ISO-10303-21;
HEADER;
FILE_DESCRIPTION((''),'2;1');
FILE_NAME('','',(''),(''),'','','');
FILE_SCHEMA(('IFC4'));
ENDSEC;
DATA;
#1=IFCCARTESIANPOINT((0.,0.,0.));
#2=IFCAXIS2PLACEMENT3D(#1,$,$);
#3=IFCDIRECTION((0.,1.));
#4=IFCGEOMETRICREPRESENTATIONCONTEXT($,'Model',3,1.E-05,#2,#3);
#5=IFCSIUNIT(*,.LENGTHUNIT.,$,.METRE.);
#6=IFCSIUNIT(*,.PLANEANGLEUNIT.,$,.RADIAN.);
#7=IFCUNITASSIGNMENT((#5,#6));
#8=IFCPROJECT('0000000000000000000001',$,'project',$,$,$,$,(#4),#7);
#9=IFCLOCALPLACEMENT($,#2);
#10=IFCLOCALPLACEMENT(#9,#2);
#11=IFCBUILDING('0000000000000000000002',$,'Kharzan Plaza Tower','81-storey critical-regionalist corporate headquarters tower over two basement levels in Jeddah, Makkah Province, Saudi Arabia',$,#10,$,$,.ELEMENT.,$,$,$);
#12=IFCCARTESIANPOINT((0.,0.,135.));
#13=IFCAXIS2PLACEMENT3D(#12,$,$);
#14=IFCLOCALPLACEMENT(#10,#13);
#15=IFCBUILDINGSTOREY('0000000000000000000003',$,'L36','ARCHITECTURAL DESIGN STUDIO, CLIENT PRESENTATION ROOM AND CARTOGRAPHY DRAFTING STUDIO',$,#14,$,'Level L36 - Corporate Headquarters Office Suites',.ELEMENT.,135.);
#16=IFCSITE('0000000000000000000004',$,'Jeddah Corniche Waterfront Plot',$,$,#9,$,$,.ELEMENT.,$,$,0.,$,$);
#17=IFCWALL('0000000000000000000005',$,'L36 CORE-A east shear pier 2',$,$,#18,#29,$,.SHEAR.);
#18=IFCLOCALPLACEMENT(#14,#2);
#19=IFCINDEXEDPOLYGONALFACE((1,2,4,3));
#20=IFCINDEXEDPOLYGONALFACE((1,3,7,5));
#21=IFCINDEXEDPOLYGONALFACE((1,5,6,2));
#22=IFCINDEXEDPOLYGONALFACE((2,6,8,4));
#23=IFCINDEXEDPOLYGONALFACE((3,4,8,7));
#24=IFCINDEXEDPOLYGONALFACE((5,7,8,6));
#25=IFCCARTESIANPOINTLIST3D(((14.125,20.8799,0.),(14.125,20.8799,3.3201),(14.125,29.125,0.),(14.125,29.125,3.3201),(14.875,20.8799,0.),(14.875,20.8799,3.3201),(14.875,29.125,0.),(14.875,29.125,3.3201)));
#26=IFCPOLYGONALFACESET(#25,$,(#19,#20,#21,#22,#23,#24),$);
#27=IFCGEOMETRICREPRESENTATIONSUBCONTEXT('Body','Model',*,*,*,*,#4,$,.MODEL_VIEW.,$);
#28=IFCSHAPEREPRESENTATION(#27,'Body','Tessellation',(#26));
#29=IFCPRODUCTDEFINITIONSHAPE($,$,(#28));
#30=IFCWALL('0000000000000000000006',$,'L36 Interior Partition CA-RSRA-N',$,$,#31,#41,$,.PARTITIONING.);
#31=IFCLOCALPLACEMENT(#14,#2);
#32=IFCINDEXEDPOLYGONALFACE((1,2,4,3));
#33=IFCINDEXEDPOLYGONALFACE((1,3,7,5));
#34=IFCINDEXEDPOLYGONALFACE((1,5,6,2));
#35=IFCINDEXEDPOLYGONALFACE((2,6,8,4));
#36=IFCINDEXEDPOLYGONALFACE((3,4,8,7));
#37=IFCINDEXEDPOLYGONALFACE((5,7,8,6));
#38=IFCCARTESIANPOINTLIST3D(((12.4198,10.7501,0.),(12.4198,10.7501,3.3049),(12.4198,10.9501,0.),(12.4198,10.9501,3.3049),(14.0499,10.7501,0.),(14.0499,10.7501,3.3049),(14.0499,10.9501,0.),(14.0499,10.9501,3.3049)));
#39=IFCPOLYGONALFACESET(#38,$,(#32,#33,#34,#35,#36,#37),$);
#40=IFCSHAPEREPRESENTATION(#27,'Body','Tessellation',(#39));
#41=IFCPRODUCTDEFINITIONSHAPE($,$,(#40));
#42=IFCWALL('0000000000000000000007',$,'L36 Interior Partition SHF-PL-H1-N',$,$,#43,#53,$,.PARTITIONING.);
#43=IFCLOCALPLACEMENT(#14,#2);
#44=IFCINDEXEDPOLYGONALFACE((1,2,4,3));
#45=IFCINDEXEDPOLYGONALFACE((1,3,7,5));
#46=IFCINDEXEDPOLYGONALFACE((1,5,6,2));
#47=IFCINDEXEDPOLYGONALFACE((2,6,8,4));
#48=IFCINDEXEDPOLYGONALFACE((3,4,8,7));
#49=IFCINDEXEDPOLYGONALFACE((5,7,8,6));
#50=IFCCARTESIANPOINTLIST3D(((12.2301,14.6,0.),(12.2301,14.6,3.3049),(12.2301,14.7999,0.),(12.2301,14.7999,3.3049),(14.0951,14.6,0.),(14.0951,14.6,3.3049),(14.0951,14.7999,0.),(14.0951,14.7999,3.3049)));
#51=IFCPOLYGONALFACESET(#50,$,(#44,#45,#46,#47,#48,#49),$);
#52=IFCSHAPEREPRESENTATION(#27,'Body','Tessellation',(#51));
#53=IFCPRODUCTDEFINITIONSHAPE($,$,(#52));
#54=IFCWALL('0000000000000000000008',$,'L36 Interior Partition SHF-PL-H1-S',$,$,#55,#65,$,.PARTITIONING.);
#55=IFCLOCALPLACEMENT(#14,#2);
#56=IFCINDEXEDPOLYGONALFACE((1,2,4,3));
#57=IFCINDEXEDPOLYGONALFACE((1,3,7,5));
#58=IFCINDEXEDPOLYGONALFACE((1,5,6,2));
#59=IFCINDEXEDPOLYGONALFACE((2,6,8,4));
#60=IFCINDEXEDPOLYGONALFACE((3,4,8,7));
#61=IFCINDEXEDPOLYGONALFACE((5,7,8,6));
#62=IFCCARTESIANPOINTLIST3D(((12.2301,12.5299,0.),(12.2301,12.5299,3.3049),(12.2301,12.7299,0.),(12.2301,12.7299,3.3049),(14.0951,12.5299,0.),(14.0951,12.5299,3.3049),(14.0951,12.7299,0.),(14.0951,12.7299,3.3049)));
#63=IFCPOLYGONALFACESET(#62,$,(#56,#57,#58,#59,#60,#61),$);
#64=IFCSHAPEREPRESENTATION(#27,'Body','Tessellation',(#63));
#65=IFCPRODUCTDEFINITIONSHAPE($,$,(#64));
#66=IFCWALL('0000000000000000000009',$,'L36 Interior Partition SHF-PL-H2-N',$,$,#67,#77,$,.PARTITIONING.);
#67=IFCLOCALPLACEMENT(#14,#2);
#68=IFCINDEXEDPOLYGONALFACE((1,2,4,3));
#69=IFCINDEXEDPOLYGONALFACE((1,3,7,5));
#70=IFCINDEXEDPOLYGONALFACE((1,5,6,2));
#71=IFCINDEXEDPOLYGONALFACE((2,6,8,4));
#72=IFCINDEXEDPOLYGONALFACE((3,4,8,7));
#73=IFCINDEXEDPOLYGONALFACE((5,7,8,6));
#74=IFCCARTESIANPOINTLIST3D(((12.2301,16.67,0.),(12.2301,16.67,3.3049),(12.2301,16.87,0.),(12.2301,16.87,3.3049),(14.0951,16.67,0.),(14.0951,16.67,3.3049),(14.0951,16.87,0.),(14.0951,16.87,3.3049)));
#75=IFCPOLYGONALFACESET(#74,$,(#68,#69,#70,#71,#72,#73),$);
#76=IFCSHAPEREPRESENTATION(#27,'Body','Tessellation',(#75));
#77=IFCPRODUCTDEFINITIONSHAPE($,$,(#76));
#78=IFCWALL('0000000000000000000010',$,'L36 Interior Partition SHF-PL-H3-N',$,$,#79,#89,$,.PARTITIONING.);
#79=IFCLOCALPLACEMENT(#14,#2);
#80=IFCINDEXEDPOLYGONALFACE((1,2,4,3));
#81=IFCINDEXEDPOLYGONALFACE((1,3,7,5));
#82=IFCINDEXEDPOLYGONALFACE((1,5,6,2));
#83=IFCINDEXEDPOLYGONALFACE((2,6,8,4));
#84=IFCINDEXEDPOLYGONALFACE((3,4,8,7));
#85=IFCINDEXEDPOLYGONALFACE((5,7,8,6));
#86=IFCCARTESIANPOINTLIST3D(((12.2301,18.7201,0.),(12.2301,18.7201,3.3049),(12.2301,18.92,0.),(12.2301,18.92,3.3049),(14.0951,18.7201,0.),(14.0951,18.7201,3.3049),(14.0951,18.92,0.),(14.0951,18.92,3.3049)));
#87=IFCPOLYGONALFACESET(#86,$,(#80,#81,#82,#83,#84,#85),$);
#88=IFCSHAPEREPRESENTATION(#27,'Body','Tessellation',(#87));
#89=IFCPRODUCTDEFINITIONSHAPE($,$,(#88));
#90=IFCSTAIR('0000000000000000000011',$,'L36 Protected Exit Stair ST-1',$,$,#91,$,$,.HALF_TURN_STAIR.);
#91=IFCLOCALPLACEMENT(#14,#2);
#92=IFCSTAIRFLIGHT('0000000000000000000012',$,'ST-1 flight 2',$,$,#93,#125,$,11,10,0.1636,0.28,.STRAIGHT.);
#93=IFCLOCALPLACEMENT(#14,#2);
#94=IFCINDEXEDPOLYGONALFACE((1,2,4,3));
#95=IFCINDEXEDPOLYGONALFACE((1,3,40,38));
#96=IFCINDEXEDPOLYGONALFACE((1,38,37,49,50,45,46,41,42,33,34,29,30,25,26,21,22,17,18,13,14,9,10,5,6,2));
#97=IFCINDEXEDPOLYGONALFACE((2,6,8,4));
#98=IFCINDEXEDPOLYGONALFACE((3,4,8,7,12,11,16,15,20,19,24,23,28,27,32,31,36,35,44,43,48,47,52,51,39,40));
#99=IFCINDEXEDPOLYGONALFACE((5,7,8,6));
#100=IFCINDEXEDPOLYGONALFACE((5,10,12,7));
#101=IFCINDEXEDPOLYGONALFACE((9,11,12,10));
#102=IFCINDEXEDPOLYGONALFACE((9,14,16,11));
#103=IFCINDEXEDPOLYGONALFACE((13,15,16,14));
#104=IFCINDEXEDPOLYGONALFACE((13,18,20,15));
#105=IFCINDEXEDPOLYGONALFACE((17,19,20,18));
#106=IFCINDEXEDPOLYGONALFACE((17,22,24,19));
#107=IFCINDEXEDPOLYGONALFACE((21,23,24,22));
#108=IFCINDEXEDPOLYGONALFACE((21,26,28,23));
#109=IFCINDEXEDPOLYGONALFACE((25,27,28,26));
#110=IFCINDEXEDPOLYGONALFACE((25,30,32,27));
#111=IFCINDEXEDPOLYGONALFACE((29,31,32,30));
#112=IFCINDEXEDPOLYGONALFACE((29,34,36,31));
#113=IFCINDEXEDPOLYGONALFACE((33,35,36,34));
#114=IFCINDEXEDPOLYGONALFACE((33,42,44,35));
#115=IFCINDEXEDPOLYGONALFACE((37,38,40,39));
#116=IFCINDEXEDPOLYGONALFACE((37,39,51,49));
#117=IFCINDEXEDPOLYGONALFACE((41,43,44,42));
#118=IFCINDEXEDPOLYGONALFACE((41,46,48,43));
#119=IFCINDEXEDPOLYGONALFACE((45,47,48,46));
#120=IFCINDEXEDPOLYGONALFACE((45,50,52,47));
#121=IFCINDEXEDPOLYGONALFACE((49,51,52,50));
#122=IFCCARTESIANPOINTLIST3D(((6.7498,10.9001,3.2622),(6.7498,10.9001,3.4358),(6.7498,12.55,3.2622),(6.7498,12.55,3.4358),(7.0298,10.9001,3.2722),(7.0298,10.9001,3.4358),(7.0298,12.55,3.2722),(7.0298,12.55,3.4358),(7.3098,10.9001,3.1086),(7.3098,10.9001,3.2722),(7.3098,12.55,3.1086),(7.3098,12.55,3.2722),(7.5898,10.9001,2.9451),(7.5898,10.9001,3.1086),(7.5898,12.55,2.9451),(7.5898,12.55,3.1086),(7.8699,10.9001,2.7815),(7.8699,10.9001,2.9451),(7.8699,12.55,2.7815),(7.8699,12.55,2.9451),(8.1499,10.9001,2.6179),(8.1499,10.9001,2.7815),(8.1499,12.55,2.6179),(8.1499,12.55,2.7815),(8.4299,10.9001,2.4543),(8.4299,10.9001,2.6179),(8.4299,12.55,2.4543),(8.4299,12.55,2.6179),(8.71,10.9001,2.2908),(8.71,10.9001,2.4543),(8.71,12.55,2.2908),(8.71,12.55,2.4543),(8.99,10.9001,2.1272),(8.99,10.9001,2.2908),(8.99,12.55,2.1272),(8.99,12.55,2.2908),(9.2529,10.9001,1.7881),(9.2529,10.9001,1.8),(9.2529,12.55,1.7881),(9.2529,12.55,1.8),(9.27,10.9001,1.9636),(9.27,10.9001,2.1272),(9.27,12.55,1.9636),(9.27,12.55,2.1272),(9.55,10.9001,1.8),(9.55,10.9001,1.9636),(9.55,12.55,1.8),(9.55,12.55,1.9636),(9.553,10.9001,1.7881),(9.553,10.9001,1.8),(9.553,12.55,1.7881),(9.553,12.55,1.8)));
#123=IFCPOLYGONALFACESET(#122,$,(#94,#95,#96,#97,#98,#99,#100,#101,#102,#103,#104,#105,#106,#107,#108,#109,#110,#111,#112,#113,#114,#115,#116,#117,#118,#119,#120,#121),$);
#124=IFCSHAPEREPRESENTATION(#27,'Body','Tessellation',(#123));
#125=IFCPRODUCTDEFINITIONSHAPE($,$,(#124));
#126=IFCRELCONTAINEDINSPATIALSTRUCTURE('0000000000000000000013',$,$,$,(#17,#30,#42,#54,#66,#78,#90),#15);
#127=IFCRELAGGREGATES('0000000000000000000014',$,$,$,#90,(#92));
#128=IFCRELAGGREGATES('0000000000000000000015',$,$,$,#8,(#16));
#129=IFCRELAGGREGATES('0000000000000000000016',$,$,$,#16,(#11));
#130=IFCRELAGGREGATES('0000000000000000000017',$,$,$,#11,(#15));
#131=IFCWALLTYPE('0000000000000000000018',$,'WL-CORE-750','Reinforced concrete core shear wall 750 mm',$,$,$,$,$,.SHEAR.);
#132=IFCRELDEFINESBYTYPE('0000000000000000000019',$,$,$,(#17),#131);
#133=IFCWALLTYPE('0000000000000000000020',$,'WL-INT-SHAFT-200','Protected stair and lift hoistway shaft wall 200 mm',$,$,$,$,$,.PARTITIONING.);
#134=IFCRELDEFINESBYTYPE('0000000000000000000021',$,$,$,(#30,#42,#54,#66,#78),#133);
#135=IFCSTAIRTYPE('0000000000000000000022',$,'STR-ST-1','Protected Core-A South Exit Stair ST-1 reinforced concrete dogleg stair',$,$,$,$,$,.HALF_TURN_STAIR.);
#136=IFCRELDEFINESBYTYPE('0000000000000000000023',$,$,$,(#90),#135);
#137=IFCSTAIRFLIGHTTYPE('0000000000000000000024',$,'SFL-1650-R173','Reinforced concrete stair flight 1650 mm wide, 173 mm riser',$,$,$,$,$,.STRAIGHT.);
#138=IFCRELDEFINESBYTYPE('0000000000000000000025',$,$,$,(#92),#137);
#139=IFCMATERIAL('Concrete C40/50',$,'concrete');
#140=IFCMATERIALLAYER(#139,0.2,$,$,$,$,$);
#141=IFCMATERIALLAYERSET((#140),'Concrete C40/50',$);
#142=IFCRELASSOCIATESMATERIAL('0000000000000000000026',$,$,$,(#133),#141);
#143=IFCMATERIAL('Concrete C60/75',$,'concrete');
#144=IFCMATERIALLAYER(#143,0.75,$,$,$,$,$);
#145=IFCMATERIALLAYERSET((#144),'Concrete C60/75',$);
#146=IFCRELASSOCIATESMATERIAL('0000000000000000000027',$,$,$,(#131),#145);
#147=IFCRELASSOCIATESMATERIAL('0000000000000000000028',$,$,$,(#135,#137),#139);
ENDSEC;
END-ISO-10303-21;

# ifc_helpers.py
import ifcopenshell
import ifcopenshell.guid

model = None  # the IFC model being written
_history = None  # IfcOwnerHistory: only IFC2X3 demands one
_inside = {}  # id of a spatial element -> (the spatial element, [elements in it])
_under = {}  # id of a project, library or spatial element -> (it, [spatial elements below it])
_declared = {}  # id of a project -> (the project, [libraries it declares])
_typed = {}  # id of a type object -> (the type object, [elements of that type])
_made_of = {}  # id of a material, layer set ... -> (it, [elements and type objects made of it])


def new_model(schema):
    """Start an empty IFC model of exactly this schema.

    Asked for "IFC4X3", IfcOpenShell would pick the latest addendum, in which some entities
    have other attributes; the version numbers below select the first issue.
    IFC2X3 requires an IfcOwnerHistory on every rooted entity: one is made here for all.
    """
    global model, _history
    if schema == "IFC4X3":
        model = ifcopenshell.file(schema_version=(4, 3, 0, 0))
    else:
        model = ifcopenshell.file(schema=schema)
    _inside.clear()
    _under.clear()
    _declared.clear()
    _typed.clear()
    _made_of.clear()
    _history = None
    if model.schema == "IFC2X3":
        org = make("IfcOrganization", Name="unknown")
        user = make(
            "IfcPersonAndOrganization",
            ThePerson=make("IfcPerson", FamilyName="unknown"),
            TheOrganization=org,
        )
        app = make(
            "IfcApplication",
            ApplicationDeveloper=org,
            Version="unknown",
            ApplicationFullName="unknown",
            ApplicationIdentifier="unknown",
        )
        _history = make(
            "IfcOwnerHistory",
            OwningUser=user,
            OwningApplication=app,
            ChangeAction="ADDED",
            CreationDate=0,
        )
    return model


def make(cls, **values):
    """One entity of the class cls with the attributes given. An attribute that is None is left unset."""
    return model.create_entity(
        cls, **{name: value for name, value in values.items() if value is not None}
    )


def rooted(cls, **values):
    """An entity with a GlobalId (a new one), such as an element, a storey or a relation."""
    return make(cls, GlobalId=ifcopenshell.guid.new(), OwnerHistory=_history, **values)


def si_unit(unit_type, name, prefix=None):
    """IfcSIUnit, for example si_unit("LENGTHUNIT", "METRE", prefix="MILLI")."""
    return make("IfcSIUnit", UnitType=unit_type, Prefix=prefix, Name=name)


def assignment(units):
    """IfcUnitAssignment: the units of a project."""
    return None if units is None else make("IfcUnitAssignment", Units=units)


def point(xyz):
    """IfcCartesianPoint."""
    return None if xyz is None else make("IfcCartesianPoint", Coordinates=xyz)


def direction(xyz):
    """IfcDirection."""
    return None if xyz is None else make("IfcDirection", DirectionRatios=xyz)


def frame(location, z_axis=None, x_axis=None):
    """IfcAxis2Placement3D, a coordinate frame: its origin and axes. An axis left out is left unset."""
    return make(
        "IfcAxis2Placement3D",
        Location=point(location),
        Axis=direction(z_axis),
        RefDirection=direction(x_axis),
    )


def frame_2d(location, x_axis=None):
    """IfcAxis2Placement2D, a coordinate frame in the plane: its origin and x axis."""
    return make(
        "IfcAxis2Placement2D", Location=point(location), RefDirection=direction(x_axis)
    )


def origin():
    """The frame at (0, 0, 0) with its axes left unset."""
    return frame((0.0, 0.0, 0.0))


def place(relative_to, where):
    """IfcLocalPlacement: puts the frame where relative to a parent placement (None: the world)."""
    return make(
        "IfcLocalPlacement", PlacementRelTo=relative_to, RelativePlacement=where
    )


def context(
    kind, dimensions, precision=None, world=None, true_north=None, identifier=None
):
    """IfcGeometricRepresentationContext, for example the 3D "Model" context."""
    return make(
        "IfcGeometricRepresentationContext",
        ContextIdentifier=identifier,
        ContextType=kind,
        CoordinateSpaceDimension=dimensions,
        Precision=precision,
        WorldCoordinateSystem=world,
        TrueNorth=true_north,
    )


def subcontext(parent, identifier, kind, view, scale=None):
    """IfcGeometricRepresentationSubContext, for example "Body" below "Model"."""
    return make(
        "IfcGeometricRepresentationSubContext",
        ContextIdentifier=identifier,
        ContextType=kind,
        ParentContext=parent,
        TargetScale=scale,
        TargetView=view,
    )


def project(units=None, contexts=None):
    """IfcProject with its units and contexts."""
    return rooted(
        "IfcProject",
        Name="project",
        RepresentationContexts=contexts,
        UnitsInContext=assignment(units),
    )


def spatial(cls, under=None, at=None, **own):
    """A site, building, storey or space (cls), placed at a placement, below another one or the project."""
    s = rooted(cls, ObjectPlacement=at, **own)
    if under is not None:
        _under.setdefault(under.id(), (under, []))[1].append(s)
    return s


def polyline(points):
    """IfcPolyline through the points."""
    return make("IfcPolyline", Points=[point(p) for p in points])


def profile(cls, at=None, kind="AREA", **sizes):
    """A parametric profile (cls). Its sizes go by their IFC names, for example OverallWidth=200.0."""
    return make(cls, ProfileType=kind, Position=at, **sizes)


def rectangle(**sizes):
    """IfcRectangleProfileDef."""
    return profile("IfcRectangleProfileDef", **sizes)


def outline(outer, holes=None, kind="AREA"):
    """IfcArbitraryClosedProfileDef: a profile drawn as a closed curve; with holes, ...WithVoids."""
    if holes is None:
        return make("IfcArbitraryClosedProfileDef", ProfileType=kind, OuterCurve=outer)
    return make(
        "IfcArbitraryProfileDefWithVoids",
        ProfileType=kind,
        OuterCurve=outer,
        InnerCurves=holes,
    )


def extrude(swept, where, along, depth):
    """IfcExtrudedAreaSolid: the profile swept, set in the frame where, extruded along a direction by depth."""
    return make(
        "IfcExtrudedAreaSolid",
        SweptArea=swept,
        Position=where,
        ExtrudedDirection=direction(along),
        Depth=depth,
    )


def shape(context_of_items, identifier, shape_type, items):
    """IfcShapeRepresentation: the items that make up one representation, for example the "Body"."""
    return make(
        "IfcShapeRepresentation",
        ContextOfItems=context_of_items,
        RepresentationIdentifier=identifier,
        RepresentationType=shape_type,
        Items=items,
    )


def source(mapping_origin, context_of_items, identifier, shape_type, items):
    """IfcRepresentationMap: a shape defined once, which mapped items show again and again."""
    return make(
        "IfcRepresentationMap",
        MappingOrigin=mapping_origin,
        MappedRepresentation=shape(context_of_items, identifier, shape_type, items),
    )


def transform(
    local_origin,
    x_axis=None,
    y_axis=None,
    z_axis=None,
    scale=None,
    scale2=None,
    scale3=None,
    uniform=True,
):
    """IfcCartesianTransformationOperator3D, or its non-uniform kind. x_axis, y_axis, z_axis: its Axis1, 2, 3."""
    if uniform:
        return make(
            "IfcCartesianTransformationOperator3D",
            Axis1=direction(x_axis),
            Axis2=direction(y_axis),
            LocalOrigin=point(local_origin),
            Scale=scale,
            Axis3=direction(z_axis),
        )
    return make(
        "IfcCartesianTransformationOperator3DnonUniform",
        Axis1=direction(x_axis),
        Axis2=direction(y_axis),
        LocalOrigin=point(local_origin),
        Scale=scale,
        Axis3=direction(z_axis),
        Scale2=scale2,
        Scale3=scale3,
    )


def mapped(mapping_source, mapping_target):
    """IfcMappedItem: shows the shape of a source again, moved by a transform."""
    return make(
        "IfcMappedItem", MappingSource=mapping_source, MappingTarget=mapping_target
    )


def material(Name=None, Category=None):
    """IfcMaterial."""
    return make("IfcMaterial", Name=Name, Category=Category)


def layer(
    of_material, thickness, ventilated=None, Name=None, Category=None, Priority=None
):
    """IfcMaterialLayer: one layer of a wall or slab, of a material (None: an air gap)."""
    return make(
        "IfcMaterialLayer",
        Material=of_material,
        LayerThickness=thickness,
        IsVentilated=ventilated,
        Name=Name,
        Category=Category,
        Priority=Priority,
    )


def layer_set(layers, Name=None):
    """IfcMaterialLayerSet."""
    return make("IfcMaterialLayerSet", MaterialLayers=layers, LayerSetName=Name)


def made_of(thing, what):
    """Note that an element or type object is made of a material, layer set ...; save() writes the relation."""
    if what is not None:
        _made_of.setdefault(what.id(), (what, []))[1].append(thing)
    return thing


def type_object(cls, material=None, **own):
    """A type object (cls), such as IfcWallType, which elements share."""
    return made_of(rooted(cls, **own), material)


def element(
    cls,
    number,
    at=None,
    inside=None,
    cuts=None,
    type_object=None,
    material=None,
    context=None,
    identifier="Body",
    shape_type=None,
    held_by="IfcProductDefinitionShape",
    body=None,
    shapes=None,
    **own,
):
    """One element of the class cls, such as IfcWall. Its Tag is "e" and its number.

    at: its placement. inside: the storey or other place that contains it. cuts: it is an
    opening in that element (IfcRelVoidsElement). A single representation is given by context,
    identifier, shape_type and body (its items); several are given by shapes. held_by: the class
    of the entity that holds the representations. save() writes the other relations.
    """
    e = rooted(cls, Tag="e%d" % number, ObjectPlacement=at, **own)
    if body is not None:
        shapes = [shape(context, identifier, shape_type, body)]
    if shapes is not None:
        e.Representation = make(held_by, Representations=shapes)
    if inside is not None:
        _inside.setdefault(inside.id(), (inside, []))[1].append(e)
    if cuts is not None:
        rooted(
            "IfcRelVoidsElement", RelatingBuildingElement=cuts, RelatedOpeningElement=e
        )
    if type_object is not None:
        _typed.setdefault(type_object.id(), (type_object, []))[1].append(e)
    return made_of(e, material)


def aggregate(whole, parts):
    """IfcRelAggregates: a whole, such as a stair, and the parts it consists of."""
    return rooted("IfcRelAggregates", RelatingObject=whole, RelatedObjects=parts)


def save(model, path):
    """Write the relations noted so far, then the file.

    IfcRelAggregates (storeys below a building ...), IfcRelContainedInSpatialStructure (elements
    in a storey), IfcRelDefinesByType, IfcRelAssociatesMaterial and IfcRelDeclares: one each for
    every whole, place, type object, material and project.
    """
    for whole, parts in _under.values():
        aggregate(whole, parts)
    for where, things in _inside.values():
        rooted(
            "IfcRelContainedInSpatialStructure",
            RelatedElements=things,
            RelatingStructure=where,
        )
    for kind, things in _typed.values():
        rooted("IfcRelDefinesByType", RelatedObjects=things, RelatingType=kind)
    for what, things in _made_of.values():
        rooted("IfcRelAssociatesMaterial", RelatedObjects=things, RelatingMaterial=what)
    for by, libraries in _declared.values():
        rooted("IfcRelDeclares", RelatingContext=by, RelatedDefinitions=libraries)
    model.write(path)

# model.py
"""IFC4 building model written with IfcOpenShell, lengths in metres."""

from ifc_helpers import new_model, si_unit, direction, frame, frame_2d, origin, place, context, subcontext, project, spatial, polyline, rectangle, outline, extrude, source, transform, mapped, material, layer, layer_set, type_object, element, aggregate, save


model = new_model("IFC4")

# Units and contexts
model_context = context("Model", 3, precision=1e-05, world=origin(), true_north=direction((0.0, 1.0)))
body_context = subcontext(model_context, "Body", "Model", "MODEL_VIEW")
ifc_project = project(units=[si_unit("LENGTHUNIT", "METRE"), si_unit("PLANEANGLEUNIT", "RADIAN")], contexts=[model_context])

# Site, building, storey
site_placement = place(None, origin())
site = spatial("IfcSite", under=ifc_project, at=site_placement, Name="Jeddah Corniche Waterfront Plot", CompositionType="ELEMENT", RefElevation=0.0)
building_placement = place(site_placement, origin())
building = spatial("IfcBuilding", under=site, at=building_placement, Name="Kharzan Plaza Tower", Description="81-storey critical-regionalist corporate headquarters tower over two basement levels in Jeddah, Makkah Province, Saudi Arabia", CompositionType="ELEMENT")
storey_placement = place(building_placement, frame((0.0, 0.0, 135.0)))
storey = spatial("IfcBuildingStorey", under=building, at=storey_placement, Name="L36", Description="ARCHITECTURAL DESIGN STUDIO, CLIENT PRESENTATION ROOM AND CARTOGRAPHY DRAFTING STUDIO", LongName="Level L36 - Corporate Headquarters Office Suites", CompositionType="ELEMENT", Elevation=135.0)

# Shared definitions
ifc_material_1 = material(Name="Concrete C60/75", Category="concrete")

# Shared definitions
ifc_material_2 = material(Name="Concrete C40/50", Category="concrete")
ifc_layer_1 = layer(ifc_material_2, 0.2)
ifc_layer_set_1 = layer_set([ifc_layer_1], Name="Concrete C40/50")
wall_type_1 = type_object("IfcWallType", Name="WL-INT-SHAFT-200", Description="Protected stair and lift hoistway shaft wall 200 mm", PredefinedType="PARTITIONING", material=ifc_layer_set_1)

# Walls
ifc_layer_2 = layer(ifc_material_1, 0.75)
ifc_layer_set_2 = layer_set([ifc_layer_2], Name="Concrete C60/75")
wall_type_2 = type_object("IfcWallType", Name="WL-CORE-750", Description="Reinforced concrete core shear wall 750 mm", PredefinedType="SHEAR", material=ifc_layer_set_2)
shared_shape_1 = source(origin(), body_context, "Body", "SweptSolid", [
    extrude(rectangle(XDim=8.2451, YDim=0.75, at=frame_2d((4.1226, 0.0))), origin(), (0.0, 0.0, 1.0), 3.3201),
])
wall_1_placement = place(storey_placement, frame((14.5, 20.8799, 0.0), z_axis=(0.0, 0.0, 1.0), x_axis=(0.0, 1.0, 0.0)))
element("IfcWall", 1, at=wall_1_placement, inside=storey, type_object=wall_type_2, Name="L36 CORE-A east shear pier 2", PredefinedType="SHEAR", context=body_context, shape_type="MappedRepresentation", body=[
    mapped(shared_shape_1, transform((0.0, 0.0, 0.0), x_axis=(1.0, 0.0, 0.0), y_axis=(0.0, 1.0, 0.0), z_axis=(0.0, 0.0, 1.0))),
])
shared_shape_2 = source(origin(), body_context, "Body", "SweptSolid", [
    extrude(rectangle(XDim=1.6301, YDim=0.2, at=frame_2d((0.8149, 0.0))), origin(), (0.0, 0.0, 1.0), 3.3049),
])
wall_2_placement = place(storey_placement, frame((12.4199, 10.8501, 0.0), z_axis=(0.0, 0.0, 1.0), x_axis=(1.0, 0.0, 0.0)))
element("IfcWall", 2, at=wall_2_placement, inside=storey, type_object=wall_type_1, Name="L36 Interior Partition CA-RSRA-N", PredefinedType="PARTITIONING", context=body_context, shape_type="MappedRepresentation", body=[
    mapped(shared_shape_2, transform((0.0, 0.0, 0.0), x_axis=(1.0, 0.0, 0.0), y_axis=(0.0, 1.0, 0.0), z_axis=(0.0, 0.0, 1.0))),
])
shared_shape_3 = source(origin(), body_context, "Body", "SweptSolid", [
    extrude(rectangle(XDim=1.865, YDim=0.2, at=frame_2d((0.9326, 0.0))), origin(), (0.0, 0.0, 1.0), 3.3049),
])
for number, where, z_axis, x_axis, name in (
    (3, (12.23, 14.7, 0.0), (0.0, 0.0, 1.0), (1.0, 0.0, 0.0), "L36 Interior Partition SHF-PL-H1-N"),
    (4, (12.23, 12.6299, 0.0), (0.0, 0.0, 1.0), (1.0, 0.0, 0.0), "L36 Interior Partition SHF-PL-H1-S"),
    (5, (12.23, 16.77, 0.0), (0.0, 0.0, 1.0), (1.0, 0.0, 0.0), "L36 Interior Partition SHF-PL-H2-N"),
    (6, (12.23, 18.8201, 0.0), (0.0, 0.0, 1.0), (1.0, 0.0, 0.0), "L36 Interior Partition SHF-PL-H3-N"),
):
    element("IfcWall", number, at=place(storey_placement, frame(where, z_axis=z_axis, x_axis=x_axis)), inside=storey, type_object=wall_type_1, Name=name, PredefinedType="PARTITIONING", context=body_context, shape_type="MappedRepresentation", body=[
        mapped(shared_shape_3, transform((0.0, 0.0, 0.0), x_axis=(1.0, 0.0, 0.0), y_axis=(0.0, 1.0, 0.0), z_axis=(0.0, 0.0, 1.0))),
    ])

# Stair, stair flight
stair_type = type_object("IfcStairType", Name="STR-ST-1", Description="Protected Core-A South Exit Stair ST-1 reinforced concrete dogleg stair", PredefinedType="HALF_TURN_STAIR", material=ifc_material_2)
stair_placement = place(storey_placement, origin())
stair = element("IfcStair", 7, at=stair_placement, inside=storey, type_object=stair_type, Name="L36 Protected Exit Stair ST-1", PredefinedType="HALF_TURN_STAIR")
stair_flight_type = type_object("IfcStairFlightType", Name="SFL-1650-R173", Description="Reinforced concrete stair flight 1650 mm wide, 173 mm riser", PredefinedType="STRAIGHT", material=ifc_material_2)
shared_shape_4 = source(origin(), body_context, "Body", "SweptSolid", [
    extrude(outline(polyline([(-0.0029, -0.012), (-0.0029, 0.0), (0.0, 0.0), (0.0, 0.1636), (0.28, 0.1636), (0.28, 0.3271), (0.5601, 0.3271), (0.5601, 0.4907), (0.8401, 0.4907), (0.8401, 0.6543), (1.1201, 0.6543), (1.1201, 0.8179), (1.4001, 0.8179), (1.4001, 0.9814), (1.6802, 0.9814), (1.6802, 1.145), (1.9602, 1.145), (1.9602, 1.3086), (2.2402, 1.3086), (2.2402, 1.4722), (2.5203, 1.4722), (2.5203, 1.6357), (2.8003, 1.6357), (2.8003, 1.7993), (2.8003, 1.4622), (0.2971, 0.0), (0.2971, -0.012), (-0.0029, -0.012)])), frame((0.0, 0.825, 0.0), z_axis=(0.0, -1.0, 0.0), x_axis=(1.0, 0.0, 0.0)), (0.0, 0.0, 1.0), 1.6499),
])
stair_flight_placement = place(storey_placement, frame((9.55, 11.7251, 1.8), z_axis=(0.0, 0.0, 1.0), x_axis=(-1.0, 0.0, 0.0)))
stair_flight = element("IfcStairFlight", 8, at=stair_flight_placement, type_object=stair_flight_type, Name="ST-1 flight 2", NumberOfRisers=11, NumberOfTreads=10, PredefinedType="STRAIGHT", RiserHeight=0.1636, TreadLength=0.28, context=body_context, shape_type="MappedRepresentation", body=[
    mapped(shared_shape_4, transform((0.0, 0.0, 0.0), x_axis=(1.0, 0.0, 0.0), y_axis=(0.0, 1.0, 0.0), z_axis=(0.0, 0.0, 1.0))),
])
aggregate(stair, [stair_flight])

save(model, "model.ifc")
